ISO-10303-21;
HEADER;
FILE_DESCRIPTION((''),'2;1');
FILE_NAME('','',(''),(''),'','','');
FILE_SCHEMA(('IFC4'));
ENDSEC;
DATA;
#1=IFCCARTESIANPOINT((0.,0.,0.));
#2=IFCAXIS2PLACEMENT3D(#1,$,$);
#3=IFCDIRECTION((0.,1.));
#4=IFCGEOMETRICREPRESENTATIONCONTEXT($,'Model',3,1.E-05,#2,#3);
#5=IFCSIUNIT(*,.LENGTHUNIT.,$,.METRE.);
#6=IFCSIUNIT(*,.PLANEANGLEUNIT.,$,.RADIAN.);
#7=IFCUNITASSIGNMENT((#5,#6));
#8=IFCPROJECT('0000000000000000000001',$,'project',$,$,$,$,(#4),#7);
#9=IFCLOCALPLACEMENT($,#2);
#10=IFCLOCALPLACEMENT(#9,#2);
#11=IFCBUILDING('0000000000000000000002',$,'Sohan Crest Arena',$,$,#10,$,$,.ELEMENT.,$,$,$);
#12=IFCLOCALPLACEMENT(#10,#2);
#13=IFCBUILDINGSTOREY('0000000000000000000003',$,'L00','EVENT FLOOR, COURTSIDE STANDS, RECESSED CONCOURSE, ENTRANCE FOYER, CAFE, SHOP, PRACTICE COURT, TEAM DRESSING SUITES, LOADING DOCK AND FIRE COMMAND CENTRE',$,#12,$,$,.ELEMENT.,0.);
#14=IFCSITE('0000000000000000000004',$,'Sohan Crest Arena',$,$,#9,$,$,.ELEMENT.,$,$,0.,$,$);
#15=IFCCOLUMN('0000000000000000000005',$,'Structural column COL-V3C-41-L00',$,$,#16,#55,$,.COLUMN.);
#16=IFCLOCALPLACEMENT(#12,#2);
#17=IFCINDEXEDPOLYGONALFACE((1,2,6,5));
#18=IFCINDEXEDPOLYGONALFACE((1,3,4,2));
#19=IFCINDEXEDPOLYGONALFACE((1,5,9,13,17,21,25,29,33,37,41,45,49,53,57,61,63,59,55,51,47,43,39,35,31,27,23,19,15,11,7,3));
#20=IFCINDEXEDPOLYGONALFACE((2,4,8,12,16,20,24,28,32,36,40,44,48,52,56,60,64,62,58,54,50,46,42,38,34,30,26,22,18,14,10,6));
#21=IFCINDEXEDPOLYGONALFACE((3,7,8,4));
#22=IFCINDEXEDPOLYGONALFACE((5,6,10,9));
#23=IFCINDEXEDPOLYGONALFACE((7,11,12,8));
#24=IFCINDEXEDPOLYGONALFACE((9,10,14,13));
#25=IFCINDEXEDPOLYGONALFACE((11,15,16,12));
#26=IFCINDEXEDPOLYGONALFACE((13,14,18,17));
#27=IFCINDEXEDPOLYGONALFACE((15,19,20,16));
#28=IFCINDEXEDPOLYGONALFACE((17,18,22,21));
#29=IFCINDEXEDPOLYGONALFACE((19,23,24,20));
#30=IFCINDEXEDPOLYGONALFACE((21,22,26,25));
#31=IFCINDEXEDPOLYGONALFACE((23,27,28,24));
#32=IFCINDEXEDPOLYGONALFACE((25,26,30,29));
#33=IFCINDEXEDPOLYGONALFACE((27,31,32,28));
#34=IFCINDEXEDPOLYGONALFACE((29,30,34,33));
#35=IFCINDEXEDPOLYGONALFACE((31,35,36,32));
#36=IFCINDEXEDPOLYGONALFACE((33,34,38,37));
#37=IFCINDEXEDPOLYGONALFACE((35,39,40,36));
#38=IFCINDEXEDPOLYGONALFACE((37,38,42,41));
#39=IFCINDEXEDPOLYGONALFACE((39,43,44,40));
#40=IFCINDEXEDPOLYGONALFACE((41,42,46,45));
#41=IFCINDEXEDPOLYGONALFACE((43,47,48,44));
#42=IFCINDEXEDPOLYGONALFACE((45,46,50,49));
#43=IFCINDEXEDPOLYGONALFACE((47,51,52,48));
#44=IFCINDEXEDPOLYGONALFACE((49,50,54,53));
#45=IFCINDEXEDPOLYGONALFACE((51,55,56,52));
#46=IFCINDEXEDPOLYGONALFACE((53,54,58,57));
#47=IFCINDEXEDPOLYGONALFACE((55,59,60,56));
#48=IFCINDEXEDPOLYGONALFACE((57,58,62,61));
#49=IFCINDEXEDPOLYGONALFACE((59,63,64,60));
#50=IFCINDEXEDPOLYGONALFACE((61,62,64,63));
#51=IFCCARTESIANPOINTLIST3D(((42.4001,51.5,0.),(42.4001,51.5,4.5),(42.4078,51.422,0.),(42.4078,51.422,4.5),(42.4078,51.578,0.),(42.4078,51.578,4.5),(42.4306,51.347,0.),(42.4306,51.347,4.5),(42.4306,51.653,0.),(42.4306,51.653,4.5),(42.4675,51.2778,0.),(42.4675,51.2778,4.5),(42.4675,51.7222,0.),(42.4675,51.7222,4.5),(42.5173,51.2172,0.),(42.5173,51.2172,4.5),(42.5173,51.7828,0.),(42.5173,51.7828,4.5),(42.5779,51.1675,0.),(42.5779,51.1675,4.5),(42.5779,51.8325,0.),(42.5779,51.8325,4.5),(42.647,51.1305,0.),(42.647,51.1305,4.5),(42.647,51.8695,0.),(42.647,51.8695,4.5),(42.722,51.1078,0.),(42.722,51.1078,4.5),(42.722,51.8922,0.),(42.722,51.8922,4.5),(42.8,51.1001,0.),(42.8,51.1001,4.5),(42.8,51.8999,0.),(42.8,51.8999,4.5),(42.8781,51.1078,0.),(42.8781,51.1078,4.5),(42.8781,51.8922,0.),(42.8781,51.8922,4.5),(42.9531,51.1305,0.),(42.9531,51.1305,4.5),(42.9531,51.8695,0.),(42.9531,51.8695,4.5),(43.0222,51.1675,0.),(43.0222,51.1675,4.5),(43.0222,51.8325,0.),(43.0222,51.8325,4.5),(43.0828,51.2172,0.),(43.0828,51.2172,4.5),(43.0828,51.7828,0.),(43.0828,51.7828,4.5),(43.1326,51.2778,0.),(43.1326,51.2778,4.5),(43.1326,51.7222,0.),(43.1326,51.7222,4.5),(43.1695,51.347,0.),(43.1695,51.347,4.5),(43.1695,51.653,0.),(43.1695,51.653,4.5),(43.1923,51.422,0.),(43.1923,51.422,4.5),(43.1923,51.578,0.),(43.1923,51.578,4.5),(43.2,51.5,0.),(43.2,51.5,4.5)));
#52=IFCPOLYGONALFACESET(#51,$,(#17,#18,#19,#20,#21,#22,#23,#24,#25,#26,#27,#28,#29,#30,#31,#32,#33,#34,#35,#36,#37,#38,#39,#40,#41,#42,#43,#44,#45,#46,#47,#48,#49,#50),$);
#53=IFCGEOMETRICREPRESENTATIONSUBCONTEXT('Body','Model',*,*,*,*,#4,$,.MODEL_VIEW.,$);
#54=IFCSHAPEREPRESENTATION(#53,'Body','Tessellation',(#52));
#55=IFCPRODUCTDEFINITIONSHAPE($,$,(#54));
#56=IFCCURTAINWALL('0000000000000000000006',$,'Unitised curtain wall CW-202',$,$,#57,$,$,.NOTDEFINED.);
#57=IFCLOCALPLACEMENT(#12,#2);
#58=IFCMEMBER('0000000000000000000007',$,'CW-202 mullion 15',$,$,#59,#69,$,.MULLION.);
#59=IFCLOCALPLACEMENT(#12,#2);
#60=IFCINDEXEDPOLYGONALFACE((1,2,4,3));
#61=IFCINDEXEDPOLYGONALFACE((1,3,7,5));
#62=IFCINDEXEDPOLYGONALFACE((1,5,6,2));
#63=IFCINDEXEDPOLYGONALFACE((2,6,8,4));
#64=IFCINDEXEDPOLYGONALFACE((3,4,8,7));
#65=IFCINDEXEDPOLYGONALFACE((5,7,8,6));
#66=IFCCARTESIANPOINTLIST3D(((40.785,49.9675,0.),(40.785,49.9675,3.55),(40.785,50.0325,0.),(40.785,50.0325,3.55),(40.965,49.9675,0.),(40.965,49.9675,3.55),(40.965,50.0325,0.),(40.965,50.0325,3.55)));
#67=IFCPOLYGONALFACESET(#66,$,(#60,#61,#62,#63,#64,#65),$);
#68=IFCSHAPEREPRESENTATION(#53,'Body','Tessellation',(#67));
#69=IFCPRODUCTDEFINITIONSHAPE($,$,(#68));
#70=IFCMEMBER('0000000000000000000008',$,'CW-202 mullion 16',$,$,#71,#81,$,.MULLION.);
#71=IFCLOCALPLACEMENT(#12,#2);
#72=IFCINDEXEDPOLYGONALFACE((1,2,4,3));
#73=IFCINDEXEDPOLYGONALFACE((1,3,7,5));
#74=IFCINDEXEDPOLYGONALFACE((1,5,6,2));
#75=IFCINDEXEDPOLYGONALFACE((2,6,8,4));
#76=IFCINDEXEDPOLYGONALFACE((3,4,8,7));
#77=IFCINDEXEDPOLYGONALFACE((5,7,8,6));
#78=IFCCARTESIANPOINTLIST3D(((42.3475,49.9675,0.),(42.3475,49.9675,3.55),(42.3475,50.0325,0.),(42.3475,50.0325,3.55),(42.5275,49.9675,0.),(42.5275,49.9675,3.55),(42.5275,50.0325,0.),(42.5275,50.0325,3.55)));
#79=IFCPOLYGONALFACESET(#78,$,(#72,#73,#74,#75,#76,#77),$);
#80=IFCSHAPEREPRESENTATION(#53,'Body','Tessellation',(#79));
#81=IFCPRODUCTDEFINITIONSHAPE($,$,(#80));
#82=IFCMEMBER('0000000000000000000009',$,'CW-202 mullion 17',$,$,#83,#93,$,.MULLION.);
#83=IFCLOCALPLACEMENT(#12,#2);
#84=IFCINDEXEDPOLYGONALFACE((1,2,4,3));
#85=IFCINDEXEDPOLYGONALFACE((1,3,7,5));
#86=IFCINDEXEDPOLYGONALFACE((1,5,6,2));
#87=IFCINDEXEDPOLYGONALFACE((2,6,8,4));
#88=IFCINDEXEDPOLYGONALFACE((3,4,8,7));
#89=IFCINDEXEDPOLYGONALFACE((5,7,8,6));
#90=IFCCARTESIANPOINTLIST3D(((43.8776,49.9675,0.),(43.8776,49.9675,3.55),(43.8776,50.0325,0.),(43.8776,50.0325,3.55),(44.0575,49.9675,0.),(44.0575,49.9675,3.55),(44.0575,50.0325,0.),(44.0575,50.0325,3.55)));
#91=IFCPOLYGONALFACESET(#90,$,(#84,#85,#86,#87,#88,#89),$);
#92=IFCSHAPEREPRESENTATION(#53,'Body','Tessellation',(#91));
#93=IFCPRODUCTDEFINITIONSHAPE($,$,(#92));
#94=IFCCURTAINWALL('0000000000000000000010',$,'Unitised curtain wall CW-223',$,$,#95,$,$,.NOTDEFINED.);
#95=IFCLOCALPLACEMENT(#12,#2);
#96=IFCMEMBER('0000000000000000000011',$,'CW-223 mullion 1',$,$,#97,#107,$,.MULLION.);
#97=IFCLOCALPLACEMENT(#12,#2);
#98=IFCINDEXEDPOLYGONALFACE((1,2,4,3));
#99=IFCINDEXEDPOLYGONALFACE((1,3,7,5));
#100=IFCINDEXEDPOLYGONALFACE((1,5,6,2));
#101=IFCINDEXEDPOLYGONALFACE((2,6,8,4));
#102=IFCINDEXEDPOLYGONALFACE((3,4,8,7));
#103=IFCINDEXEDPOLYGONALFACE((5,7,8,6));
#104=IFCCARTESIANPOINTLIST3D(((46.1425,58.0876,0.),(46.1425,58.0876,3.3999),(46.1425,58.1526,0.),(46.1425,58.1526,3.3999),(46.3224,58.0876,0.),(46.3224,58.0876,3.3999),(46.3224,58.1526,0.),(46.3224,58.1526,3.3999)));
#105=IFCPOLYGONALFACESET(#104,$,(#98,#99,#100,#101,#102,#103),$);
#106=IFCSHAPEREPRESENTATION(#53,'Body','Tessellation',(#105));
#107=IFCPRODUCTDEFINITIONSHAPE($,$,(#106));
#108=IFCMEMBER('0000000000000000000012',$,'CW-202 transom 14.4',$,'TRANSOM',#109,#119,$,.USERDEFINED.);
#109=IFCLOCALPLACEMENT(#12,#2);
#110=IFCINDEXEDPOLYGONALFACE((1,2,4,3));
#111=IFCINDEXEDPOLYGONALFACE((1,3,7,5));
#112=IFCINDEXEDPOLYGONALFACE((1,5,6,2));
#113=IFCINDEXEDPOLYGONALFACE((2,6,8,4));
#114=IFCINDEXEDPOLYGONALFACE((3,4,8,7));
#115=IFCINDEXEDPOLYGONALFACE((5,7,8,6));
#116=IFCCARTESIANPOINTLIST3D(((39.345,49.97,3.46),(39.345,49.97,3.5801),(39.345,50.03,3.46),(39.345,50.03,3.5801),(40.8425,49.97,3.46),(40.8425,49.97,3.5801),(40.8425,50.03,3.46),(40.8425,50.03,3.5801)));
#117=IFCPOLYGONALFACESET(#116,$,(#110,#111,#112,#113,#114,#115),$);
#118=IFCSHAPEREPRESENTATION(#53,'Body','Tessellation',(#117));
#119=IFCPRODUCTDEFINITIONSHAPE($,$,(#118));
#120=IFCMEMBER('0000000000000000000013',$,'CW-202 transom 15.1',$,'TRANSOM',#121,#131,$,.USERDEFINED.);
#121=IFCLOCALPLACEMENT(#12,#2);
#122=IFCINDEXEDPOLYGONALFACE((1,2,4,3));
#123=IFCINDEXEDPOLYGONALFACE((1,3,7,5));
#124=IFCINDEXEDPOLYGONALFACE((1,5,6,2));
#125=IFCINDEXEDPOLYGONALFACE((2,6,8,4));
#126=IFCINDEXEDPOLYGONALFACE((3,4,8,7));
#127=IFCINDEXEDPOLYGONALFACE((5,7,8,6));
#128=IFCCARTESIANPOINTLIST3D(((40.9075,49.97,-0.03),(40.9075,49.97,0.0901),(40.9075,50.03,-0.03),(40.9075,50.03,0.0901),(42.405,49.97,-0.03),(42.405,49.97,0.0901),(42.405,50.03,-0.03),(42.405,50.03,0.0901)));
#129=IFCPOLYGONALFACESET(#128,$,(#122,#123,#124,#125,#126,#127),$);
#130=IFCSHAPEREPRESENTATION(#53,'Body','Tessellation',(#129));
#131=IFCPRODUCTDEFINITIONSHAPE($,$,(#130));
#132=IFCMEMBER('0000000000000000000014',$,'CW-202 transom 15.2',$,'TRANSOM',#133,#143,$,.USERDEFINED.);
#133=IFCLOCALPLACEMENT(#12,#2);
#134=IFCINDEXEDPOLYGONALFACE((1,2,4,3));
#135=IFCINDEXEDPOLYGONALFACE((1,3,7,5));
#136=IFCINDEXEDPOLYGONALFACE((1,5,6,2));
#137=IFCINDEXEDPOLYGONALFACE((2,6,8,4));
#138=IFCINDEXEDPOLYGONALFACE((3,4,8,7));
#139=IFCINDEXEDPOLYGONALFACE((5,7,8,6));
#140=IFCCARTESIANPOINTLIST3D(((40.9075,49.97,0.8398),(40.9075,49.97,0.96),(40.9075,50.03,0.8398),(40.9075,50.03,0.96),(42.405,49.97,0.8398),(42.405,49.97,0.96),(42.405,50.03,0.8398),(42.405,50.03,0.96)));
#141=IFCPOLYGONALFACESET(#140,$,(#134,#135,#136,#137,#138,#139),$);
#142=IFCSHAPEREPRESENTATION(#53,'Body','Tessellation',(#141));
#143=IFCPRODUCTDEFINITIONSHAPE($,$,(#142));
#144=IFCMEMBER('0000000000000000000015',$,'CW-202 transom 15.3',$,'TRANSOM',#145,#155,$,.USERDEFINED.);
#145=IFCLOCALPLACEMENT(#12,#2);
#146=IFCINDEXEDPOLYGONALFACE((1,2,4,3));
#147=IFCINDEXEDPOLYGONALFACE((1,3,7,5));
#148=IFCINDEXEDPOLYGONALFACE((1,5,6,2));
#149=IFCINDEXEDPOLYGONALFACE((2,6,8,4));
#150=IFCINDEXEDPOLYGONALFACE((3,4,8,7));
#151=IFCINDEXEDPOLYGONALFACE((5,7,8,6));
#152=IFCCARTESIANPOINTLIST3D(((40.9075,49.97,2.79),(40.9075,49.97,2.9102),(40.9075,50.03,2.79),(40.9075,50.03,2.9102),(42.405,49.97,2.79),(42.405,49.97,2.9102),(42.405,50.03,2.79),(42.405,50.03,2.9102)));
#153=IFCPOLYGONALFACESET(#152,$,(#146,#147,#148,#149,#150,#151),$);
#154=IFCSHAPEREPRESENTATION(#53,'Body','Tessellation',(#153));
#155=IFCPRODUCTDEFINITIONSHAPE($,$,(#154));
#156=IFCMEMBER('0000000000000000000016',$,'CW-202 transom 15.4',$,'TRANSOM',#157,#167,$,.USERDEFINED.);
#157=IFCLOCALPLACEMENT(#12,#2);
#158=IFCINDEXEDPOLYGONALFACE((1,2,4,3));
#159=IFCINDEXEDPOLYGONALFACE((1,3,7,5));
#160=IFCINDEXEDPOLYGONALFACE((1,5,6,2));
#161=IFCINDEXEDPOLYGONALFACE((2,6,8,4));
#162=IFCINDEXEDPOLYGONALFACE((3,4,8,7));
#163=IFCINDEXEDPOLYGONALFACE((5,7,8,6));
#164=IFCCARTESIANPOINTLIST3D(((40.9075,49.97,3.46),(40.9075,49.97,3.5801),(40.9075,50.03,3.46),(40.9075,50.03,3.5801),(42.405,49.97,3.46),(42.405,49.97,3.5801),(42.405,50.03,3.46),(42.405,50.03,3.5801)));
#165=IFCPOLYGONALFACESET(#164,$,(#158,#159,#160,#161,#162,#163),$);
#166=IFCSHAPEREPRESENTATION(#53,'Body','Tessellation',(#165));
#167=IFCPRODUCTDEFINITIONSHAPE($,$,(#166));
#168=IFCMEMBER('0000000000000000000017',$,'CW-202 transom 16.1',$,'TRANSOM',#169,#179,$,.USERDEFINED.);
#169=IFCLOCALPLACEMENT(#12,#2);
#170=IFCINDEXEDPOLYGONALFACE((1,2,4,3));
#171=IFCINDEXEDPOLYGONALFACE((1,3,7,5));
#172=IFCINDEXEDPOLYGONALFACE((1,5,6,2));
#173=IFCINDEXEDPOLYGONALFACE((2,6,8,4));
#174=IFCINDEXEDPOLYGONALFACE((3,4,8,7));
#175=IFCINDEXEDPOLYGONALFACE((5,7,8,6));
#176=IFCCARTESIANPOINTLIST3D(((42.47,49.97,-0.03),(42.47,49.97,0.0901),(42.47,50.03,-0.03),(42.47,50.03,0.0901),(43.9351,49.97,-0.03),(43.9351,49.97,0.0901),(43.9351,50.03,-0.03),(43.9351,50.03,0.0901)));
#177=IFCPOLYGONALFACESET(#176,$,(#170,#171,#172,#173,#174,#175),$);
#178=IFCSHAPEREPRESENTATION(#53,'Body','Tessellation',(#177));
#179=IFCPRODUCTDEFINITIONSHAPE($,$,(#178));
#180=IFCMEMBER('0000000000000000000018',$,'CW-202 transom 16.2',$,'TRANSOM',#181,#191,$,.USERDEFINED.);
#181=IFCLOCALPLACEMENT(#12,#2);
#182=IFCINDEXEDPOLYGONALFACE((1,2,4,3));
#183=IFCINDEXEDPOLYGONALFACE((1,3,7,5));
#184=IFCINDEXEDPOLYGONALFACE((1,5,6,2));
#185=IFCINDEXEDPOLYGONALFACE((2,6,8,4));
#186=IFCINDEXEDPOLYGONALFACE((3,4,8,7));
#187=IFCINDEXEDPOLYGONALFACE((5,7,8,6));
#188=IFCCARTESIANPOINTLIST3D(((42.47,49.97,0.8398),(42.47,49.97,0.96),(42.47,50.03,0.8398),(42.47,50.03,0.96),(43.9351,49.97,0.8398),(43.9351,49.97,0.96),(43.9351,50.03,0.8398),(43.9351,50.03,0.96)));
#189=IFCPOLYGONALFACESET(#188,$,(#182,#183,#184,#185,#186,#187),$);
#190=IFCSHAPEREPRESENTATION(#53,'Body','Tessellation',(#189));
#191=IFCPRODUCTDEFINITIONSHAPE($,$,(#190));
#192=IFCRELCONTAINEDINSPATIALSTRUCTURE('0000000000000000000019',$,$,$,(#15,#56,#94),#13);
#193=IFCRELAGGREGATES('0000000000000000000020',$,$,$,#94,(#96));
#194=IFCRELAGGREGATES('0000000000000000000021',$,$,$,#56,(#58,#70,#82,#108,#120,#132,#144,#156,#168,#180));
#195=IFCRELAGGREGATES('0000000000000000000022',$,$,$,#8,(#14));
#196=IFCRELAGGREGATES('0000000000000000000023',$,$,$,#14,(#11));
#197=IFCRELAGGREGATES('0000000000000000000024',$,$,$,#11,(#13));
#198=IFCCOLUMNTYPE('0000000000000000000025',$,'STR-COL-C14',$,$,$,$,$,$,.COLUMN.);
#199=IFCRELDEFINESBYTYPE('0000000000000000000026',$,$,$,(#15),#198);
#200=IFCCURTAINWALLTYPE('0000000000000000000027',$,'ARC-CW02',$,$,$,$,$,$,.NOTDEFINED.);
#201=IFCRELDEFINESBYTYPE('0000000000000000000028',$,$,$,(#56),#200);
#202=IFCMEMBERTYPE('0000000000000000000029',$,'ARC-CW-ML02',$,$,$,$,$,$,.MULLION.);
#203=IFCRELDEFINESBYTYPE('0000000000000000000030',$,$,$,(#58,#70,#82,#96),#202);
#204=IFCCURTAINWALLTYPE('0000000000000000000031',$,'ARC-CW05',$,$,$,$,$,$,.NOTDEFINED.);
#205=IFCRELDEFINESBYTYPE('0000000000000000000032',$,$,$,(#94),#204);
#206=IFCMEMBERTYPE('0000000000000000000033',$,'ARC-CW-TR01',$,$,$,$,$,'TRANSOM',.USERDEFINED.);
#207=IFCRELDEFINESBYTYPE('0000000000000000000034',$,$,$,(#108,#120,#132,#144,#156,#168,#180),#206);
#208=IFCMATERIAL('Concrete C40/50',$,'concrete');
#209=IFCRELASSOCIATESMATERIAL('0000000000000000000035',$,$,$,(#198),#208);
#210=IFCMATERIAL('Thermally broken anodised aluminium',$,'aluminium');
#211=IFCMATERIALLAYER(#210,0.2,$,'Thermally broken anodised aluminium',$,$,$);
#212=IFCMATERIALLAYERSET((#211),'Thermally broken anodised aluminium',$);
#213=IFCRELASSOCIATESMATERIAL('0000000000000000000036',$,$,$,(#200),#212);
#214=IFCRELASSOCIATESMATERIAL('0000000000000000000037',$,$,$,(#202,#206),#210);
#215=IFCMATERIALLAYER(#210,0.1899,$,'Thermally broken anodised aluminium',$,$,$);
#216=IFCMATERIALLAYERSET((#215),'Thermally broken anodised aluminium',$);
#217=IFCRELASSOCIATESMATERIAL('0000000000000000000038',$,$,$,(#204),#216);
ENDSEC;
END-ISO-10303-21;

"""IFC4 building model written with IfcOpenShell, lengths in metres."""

from ifc_helpers import new_model, si_unit, direction, frame, origin, origin_2d, place, context, subcontext, project, spatial, rectangle, circle, extrude, material, layer, layer_set, material_profile, profile_set, type_object, element, aggregate, save


model = new_model("IFC4")

# Units and contexts
model_context = context("Model", 3, precision=1e-05, world=origin(), true_north=direction((0.0, 1.0)))
body_context = subcontext(model_context, "Body", "Model", "MODEL_VIEW")
ifc_project = project(units=[si_unit("LENGTHUNIT", "METRE"), si_unit("PLANEANGLEUNIT", "RADIAN")], contexts=[model_context])

# Site, building, storey
site_placement = place(None, origin())
site = spatial("IfcSite", under=ifc_project, at=site_placement, Name="Sohan Crest Arena", CompositionType="ELEMENT", RefElevation=0.0)
building_placement = place(site_placement, origin())
building = spatial("IfcBuilding", under=site, at=building_placement, Name="Sohan Crest Arena", CompositionType="ELEMENT")
storey_placement = place(building_placement, origin())
storey = spatial("IfcBuildingStorey", under=building, at=storey_placement, Name="L00", Description="EVENT FLOOR, COURTSIDE STANDS, RECESSED CONCOURSE, ENTRANCE FOYER, CAFE, SHOP, PRACTICE COURT, TEAM DRESSING SUITES, LOADING DOCK AND FIRE COMMAND CENTRE", CompositionType="ELEMENT", Elevation=0.0)

# Column
ifc_material_1 = material(Name="Concrete C40/50", Category="concrete")
ifc_material_profile_1 = material_profile(ifc_material_1, circle(Radius=0.3999, at=origin_2d()), Name="RC D800")
ifc_profile_set_1 = profile_set([ifc_material_profile_1], Name="Concrete C40/50")
column_type = type_object("IfcColumnType", Name="STR-COL-C14", PredefinedType="COLUMN", material=ifc_profile_set_1)
column_placement = place(storey_placement, frame((42.8, 51.5, 0.0), z_axis=(0.0, 0.0, 1.0), x_axis=(1.0, 0.0, 0.0)))
element("IfcColumn", 1, at=column_placement, inside=storey, type_object=column_type, Name="Structural column COL-V3C-41-L00", PredefinedType="COLUMN", context=body_context, shape_type="SweptSolid", body=[
    extrude(circle(Radius=0.3999, at=origin_2d()), origin(), (0.0, 0.0, 1.0), 4.5),
])

# Curtain wall, members
ifc_material_2 = material(Name="Thermally broken anodised aluminium", Category="aluminium")
ifc_layer_1 = layer(ifc_material_2, 0.2, Name="Thermally broken anodised aluminium")
ifc_layer_set_1 = layer_set([ifc_layer_1], Name="Thermally broken anodised aluminium")
curtain_wall_type_1 = type_object("IfcCurtainWallType", Name="ARC-CW02", PredefinedType="NOTDEFINED", material=ifc_layer_set_1)
curtain_wall_1_placement = place(storey_placement, origin())
curtain_wall_1 = element("IfcCurtainWall", 2, at=curtain_wall_1_placement, inside=storey, type_object=curtain_wall_type_1, Name="Unitised curtain wall CW-202", PredefinedType="NOTDEFINED")
ifc_material_profile_2 = material_profile(ifc_material_2, rectangle(XDim=0.0649, YDim=0.1799, at=origin_2d()), Name="ALU-MULL 65x180")
ifc_profile_set_2 = profile_set([ifc_material_profile_2], Name="Thermally broken anodised aluminium")
member_type_1 = type_object("IfcMemberType", Name="ARC-CW-ML02", PredefinedType="MULLION", material=ifc_profile_set_2)
member_1_placement = place(storey_placement, frame((40.875, 50.0, 0.0), z_axis=(0.0, 0.0, 1.0), x_axis=(0.0, 1.0, 0.0)))
member_1 = element("IfcMember", 3, at=member_1_placement, type_object=member_type_1, Name="CW-202 mullion 15", PredefinedType="MULLION", context=body_context, shape_type="SweptSolid", body=[
    extrude(rectangle(XDim=0.0649, YDim=0.1799, at=origin_2d()), origin(), (0.0, 0.0, 1.0), 3.55),
])
member_2_placement = place(storey_placement, frame((42.4375, 50.0, 0.0), z_axis=(0.0, 0.0, 1.0), x_axis=(0.0, 1.0, 0.0)))
member_2 = element("IfcMember", 4, at=member_2_placement, type_object=member_type_1, Name="CW-202 mullion 16", PredefinedType="MULLION", context=body_context, shape_type="SweptSolid", body=[
    extrude(rectangle(XDim=0.0649, YDim=0.1799, at=origin_2d()), origin(), (0.0, 0.0, 1.0), 3.55),
])
member_3_placement = place(storey_placement, frame((43.9675, 50.0, 0.0), z_axis=(0.0, 0.0, 1.0), x_axis=(0.0, 1.0, 0.0)))
member_3 = element("IfcMember", 5, at=member_3_placement, type_object=member_type_1, Name="CW-202 mullion 17", PredefinedType="MULLION", context=body_context, shape_type="SweptSolid", body=[
    extrude(rectangle(XDim=0.0649, YDim=0.1799, at=origin_2d()), origin(), (0.0, 0.0, 1.0), 3.55),
])

# Curtain wall, member
ifc_layer_2 = layer(ifc_material_2, 0.1899, Name="Thermally broken anodised aluminium")
ifc_layer_set_2 = layer_set([ifc_layer_2], Name="Thermally broken anodised aluminium")
curtain_wall_type_2 = type_object("IfcCurtainWallType", Name="ARC-CW05", PredefinedType="NOTDEFINED", material=ifc_layer_set_2)
curtain_wall_2_placement = place(storey_placement, origin())
curtain_wall_2 = element("IfcCurtainWall", 6, at=curtain_wall_2_placement, inside=storey, type_object=curtain_wall_type_2, Name="Unitised curtain wall CW-223", PredefinedType="NOTDEFINED")
member_4_placement = place(storey_placement, frame((46.2324, 58.1201, 0.0), z_axis=(0.0, 0.0, 1.0), x_axis=(0.0, 1.0, 0.0)))
member_4 = element("IfcMember", 7, at=member_4_placement, type_object=member_type_1, Name="CW-223 mullion 1", PredefinedType="MULLION", context=body_context, shape_type="SweptSolid", body=[
    extrude(rectangle(XDim=0.0649, YDim=0.1799, at=origin_2d()), origin(), (0.0, 0.0, 1.0), 3.3999),
])

# Members
ifc_material_profile_3 = material_profile(ifc_material_2, rectangle(XDim=0.0601, YDim=0.1201, at=origin_2d()), Name="ALU-TRAN 60x120")
ifc_profile_set_3 = profile_set([ifc_material_profile_3], Name="Thermally broken anodised aluminium")
member_type_2 = type_object("IfcMemberType", Name="ARC-CW-TR01", ElementType="TRANSOM", PredefinedType="USERDEFINED", material=ifc_profile_set_3)
member_5_placement = place(storey_placement, frame((39.345, 50.0, 3.52), z_axis=(1.0, 0.0, 0.0), x_axis=(0.0, 1.0, 0.0)))
member_5 = element("IfcMember", 8, at=member_5_placement, type_object=member_type_2, Name="CW-202 transom 14.4", ObjectType="TRANSOM", PredefinedType="USERDEFINED", context=body_context, shape_type="SweptSolid", body=[
    extrude(rectangle(XDim=0.0601, YDim=0.1201, at=origin_2d()), origin(), (0.0, 0.0, 1.0), 1.4976),
])
member_6_placement = place(storey_placement, frame((40.9075, 50.0, 0.03), z_axis=(1.0, 0.0, 0.0), x_axis=(0.0, 1.0, 0.0)))
member_6 = element("IfcMember", 9, at=member_6_placement, type_object=member_type_2, Name="CW-202 transom 15.1", ObjectType="TRANSOM", PredefinedType="USERDEFINED", context=body_context, shape_type="SweptSolid", body=[
    extrude(rectangle(XDim=0.0601, YDim=0.1201, at=origin_2d()), origin(), (0.0, 0.0, 1.0), 1.4976),
])
member_7_placement = place(storey_placement, frame((40.9075, 50.0, 0.8999), z_axis=(1.0, 0.0, 0.0), x_axis=(0.0, 1.0, 0.0)))
member_7 = element("IfcMember", 10, at=member_7_placement, type_object=member_type_2, Name="CW-202 transom 15.2", ObjectType="TRANSOM", PredefinedType="USERDEFINED", context=body_context, shape_type="SweptSolid", body=[
    extrude(rectangle(XDim=0.0601, YDim=0.1201, at=origin_2d()), origin(), (0.0, 0.0, 1.0), 1.4976),
])
member_8_placement = place(storey_placement, frame((40.9075, 50.0, 2.8501), z_axis=(1.0, 0.0, 0.0), x_axis=(0.0, 1.0, 0.0)))
member_8 = element("IfcMember", 11, at=member_8_placement, type_object=member_type_2, Name="CW-202 transom 15.3", ObjectType="TRANSOM", PredefinedType="USERDEFINED", context=body_context, shape_type="SweptSolid", body=[
    extrude(rectangle(XDim=0.0601, YDim=0.1201, at=origin_2d()), origin(), (0.0, 0.0, 1.0), 1.4976),
])
member_9_placement = place(storey_placement, frame((40.9075, 50.0, 3.52), z_axis=(1.0, 0.0, 0.0), x_axis=(0.0, 1.0, 0.0)))
member_9 = element("IfcMember", 12, at=member_9_placement, type_object=member_type_2, Name="CW-202 transom 15.4", ObjectType="TRANSOM", PredefinedType="USERDEFINED", context=body_context, shape_type="SweptSolid", body=[
    extrude(rectangle(XDim=0.0601, YDim=0.1201, at=origin_2d()), origin(), (0.0, 0.0, 1.0), 1.4976),
])
member_10_placement = place(storey_placement, frame((42.47, 50.0, 0.03), z_axis=(1.0, 0.0, 0.0), x_axis=(0.0, 1.0, 0.0)))
member_10 = element("IfcMember", 13, at=member_10_placement, type_object=member_type_2, Name="CW-202 transom 16.1", ObjectType="TRANSOM", PredefinedType="USERDEFINED", context=body_context, shape_type="SweptSolid", body=[
    extrude(rectangle(XDim=0.0601, YDim=0.1201, at=origin_2d()), origin(), (0.0, 0.0, 1.0), 1.4651),
])
member_11_placement = place(storey_placement, frame((42.47, 50.0, 0.8999), z_axis=(1.0, 0.0, 0.0), x_axis=(0.0, 1.0, 0.0)))
member_11 = element("IfcMember", 14, at=member_11_placement, type_object=member_type_2, Name="CW-202 transom 16.2", ObjectType="TRANSOM", PredefinedType="USERDEFINED", context=body_context, shape_type="SweptSolid", body=[
    extrude(rectangle(XDim=0.0601, YDim=0.1201, at=origin_2d()), origin(), (0.0, 0.0, 1.0), 1.4651),
])
aggregate(curtain_wall_2, [member_4])

aggregate(curtain_wall_1, [member_1, member_2, member_3, member_5, member_6, member_7, member_8, member_9, member_10, member_11])

save(model, "model.ifc")
